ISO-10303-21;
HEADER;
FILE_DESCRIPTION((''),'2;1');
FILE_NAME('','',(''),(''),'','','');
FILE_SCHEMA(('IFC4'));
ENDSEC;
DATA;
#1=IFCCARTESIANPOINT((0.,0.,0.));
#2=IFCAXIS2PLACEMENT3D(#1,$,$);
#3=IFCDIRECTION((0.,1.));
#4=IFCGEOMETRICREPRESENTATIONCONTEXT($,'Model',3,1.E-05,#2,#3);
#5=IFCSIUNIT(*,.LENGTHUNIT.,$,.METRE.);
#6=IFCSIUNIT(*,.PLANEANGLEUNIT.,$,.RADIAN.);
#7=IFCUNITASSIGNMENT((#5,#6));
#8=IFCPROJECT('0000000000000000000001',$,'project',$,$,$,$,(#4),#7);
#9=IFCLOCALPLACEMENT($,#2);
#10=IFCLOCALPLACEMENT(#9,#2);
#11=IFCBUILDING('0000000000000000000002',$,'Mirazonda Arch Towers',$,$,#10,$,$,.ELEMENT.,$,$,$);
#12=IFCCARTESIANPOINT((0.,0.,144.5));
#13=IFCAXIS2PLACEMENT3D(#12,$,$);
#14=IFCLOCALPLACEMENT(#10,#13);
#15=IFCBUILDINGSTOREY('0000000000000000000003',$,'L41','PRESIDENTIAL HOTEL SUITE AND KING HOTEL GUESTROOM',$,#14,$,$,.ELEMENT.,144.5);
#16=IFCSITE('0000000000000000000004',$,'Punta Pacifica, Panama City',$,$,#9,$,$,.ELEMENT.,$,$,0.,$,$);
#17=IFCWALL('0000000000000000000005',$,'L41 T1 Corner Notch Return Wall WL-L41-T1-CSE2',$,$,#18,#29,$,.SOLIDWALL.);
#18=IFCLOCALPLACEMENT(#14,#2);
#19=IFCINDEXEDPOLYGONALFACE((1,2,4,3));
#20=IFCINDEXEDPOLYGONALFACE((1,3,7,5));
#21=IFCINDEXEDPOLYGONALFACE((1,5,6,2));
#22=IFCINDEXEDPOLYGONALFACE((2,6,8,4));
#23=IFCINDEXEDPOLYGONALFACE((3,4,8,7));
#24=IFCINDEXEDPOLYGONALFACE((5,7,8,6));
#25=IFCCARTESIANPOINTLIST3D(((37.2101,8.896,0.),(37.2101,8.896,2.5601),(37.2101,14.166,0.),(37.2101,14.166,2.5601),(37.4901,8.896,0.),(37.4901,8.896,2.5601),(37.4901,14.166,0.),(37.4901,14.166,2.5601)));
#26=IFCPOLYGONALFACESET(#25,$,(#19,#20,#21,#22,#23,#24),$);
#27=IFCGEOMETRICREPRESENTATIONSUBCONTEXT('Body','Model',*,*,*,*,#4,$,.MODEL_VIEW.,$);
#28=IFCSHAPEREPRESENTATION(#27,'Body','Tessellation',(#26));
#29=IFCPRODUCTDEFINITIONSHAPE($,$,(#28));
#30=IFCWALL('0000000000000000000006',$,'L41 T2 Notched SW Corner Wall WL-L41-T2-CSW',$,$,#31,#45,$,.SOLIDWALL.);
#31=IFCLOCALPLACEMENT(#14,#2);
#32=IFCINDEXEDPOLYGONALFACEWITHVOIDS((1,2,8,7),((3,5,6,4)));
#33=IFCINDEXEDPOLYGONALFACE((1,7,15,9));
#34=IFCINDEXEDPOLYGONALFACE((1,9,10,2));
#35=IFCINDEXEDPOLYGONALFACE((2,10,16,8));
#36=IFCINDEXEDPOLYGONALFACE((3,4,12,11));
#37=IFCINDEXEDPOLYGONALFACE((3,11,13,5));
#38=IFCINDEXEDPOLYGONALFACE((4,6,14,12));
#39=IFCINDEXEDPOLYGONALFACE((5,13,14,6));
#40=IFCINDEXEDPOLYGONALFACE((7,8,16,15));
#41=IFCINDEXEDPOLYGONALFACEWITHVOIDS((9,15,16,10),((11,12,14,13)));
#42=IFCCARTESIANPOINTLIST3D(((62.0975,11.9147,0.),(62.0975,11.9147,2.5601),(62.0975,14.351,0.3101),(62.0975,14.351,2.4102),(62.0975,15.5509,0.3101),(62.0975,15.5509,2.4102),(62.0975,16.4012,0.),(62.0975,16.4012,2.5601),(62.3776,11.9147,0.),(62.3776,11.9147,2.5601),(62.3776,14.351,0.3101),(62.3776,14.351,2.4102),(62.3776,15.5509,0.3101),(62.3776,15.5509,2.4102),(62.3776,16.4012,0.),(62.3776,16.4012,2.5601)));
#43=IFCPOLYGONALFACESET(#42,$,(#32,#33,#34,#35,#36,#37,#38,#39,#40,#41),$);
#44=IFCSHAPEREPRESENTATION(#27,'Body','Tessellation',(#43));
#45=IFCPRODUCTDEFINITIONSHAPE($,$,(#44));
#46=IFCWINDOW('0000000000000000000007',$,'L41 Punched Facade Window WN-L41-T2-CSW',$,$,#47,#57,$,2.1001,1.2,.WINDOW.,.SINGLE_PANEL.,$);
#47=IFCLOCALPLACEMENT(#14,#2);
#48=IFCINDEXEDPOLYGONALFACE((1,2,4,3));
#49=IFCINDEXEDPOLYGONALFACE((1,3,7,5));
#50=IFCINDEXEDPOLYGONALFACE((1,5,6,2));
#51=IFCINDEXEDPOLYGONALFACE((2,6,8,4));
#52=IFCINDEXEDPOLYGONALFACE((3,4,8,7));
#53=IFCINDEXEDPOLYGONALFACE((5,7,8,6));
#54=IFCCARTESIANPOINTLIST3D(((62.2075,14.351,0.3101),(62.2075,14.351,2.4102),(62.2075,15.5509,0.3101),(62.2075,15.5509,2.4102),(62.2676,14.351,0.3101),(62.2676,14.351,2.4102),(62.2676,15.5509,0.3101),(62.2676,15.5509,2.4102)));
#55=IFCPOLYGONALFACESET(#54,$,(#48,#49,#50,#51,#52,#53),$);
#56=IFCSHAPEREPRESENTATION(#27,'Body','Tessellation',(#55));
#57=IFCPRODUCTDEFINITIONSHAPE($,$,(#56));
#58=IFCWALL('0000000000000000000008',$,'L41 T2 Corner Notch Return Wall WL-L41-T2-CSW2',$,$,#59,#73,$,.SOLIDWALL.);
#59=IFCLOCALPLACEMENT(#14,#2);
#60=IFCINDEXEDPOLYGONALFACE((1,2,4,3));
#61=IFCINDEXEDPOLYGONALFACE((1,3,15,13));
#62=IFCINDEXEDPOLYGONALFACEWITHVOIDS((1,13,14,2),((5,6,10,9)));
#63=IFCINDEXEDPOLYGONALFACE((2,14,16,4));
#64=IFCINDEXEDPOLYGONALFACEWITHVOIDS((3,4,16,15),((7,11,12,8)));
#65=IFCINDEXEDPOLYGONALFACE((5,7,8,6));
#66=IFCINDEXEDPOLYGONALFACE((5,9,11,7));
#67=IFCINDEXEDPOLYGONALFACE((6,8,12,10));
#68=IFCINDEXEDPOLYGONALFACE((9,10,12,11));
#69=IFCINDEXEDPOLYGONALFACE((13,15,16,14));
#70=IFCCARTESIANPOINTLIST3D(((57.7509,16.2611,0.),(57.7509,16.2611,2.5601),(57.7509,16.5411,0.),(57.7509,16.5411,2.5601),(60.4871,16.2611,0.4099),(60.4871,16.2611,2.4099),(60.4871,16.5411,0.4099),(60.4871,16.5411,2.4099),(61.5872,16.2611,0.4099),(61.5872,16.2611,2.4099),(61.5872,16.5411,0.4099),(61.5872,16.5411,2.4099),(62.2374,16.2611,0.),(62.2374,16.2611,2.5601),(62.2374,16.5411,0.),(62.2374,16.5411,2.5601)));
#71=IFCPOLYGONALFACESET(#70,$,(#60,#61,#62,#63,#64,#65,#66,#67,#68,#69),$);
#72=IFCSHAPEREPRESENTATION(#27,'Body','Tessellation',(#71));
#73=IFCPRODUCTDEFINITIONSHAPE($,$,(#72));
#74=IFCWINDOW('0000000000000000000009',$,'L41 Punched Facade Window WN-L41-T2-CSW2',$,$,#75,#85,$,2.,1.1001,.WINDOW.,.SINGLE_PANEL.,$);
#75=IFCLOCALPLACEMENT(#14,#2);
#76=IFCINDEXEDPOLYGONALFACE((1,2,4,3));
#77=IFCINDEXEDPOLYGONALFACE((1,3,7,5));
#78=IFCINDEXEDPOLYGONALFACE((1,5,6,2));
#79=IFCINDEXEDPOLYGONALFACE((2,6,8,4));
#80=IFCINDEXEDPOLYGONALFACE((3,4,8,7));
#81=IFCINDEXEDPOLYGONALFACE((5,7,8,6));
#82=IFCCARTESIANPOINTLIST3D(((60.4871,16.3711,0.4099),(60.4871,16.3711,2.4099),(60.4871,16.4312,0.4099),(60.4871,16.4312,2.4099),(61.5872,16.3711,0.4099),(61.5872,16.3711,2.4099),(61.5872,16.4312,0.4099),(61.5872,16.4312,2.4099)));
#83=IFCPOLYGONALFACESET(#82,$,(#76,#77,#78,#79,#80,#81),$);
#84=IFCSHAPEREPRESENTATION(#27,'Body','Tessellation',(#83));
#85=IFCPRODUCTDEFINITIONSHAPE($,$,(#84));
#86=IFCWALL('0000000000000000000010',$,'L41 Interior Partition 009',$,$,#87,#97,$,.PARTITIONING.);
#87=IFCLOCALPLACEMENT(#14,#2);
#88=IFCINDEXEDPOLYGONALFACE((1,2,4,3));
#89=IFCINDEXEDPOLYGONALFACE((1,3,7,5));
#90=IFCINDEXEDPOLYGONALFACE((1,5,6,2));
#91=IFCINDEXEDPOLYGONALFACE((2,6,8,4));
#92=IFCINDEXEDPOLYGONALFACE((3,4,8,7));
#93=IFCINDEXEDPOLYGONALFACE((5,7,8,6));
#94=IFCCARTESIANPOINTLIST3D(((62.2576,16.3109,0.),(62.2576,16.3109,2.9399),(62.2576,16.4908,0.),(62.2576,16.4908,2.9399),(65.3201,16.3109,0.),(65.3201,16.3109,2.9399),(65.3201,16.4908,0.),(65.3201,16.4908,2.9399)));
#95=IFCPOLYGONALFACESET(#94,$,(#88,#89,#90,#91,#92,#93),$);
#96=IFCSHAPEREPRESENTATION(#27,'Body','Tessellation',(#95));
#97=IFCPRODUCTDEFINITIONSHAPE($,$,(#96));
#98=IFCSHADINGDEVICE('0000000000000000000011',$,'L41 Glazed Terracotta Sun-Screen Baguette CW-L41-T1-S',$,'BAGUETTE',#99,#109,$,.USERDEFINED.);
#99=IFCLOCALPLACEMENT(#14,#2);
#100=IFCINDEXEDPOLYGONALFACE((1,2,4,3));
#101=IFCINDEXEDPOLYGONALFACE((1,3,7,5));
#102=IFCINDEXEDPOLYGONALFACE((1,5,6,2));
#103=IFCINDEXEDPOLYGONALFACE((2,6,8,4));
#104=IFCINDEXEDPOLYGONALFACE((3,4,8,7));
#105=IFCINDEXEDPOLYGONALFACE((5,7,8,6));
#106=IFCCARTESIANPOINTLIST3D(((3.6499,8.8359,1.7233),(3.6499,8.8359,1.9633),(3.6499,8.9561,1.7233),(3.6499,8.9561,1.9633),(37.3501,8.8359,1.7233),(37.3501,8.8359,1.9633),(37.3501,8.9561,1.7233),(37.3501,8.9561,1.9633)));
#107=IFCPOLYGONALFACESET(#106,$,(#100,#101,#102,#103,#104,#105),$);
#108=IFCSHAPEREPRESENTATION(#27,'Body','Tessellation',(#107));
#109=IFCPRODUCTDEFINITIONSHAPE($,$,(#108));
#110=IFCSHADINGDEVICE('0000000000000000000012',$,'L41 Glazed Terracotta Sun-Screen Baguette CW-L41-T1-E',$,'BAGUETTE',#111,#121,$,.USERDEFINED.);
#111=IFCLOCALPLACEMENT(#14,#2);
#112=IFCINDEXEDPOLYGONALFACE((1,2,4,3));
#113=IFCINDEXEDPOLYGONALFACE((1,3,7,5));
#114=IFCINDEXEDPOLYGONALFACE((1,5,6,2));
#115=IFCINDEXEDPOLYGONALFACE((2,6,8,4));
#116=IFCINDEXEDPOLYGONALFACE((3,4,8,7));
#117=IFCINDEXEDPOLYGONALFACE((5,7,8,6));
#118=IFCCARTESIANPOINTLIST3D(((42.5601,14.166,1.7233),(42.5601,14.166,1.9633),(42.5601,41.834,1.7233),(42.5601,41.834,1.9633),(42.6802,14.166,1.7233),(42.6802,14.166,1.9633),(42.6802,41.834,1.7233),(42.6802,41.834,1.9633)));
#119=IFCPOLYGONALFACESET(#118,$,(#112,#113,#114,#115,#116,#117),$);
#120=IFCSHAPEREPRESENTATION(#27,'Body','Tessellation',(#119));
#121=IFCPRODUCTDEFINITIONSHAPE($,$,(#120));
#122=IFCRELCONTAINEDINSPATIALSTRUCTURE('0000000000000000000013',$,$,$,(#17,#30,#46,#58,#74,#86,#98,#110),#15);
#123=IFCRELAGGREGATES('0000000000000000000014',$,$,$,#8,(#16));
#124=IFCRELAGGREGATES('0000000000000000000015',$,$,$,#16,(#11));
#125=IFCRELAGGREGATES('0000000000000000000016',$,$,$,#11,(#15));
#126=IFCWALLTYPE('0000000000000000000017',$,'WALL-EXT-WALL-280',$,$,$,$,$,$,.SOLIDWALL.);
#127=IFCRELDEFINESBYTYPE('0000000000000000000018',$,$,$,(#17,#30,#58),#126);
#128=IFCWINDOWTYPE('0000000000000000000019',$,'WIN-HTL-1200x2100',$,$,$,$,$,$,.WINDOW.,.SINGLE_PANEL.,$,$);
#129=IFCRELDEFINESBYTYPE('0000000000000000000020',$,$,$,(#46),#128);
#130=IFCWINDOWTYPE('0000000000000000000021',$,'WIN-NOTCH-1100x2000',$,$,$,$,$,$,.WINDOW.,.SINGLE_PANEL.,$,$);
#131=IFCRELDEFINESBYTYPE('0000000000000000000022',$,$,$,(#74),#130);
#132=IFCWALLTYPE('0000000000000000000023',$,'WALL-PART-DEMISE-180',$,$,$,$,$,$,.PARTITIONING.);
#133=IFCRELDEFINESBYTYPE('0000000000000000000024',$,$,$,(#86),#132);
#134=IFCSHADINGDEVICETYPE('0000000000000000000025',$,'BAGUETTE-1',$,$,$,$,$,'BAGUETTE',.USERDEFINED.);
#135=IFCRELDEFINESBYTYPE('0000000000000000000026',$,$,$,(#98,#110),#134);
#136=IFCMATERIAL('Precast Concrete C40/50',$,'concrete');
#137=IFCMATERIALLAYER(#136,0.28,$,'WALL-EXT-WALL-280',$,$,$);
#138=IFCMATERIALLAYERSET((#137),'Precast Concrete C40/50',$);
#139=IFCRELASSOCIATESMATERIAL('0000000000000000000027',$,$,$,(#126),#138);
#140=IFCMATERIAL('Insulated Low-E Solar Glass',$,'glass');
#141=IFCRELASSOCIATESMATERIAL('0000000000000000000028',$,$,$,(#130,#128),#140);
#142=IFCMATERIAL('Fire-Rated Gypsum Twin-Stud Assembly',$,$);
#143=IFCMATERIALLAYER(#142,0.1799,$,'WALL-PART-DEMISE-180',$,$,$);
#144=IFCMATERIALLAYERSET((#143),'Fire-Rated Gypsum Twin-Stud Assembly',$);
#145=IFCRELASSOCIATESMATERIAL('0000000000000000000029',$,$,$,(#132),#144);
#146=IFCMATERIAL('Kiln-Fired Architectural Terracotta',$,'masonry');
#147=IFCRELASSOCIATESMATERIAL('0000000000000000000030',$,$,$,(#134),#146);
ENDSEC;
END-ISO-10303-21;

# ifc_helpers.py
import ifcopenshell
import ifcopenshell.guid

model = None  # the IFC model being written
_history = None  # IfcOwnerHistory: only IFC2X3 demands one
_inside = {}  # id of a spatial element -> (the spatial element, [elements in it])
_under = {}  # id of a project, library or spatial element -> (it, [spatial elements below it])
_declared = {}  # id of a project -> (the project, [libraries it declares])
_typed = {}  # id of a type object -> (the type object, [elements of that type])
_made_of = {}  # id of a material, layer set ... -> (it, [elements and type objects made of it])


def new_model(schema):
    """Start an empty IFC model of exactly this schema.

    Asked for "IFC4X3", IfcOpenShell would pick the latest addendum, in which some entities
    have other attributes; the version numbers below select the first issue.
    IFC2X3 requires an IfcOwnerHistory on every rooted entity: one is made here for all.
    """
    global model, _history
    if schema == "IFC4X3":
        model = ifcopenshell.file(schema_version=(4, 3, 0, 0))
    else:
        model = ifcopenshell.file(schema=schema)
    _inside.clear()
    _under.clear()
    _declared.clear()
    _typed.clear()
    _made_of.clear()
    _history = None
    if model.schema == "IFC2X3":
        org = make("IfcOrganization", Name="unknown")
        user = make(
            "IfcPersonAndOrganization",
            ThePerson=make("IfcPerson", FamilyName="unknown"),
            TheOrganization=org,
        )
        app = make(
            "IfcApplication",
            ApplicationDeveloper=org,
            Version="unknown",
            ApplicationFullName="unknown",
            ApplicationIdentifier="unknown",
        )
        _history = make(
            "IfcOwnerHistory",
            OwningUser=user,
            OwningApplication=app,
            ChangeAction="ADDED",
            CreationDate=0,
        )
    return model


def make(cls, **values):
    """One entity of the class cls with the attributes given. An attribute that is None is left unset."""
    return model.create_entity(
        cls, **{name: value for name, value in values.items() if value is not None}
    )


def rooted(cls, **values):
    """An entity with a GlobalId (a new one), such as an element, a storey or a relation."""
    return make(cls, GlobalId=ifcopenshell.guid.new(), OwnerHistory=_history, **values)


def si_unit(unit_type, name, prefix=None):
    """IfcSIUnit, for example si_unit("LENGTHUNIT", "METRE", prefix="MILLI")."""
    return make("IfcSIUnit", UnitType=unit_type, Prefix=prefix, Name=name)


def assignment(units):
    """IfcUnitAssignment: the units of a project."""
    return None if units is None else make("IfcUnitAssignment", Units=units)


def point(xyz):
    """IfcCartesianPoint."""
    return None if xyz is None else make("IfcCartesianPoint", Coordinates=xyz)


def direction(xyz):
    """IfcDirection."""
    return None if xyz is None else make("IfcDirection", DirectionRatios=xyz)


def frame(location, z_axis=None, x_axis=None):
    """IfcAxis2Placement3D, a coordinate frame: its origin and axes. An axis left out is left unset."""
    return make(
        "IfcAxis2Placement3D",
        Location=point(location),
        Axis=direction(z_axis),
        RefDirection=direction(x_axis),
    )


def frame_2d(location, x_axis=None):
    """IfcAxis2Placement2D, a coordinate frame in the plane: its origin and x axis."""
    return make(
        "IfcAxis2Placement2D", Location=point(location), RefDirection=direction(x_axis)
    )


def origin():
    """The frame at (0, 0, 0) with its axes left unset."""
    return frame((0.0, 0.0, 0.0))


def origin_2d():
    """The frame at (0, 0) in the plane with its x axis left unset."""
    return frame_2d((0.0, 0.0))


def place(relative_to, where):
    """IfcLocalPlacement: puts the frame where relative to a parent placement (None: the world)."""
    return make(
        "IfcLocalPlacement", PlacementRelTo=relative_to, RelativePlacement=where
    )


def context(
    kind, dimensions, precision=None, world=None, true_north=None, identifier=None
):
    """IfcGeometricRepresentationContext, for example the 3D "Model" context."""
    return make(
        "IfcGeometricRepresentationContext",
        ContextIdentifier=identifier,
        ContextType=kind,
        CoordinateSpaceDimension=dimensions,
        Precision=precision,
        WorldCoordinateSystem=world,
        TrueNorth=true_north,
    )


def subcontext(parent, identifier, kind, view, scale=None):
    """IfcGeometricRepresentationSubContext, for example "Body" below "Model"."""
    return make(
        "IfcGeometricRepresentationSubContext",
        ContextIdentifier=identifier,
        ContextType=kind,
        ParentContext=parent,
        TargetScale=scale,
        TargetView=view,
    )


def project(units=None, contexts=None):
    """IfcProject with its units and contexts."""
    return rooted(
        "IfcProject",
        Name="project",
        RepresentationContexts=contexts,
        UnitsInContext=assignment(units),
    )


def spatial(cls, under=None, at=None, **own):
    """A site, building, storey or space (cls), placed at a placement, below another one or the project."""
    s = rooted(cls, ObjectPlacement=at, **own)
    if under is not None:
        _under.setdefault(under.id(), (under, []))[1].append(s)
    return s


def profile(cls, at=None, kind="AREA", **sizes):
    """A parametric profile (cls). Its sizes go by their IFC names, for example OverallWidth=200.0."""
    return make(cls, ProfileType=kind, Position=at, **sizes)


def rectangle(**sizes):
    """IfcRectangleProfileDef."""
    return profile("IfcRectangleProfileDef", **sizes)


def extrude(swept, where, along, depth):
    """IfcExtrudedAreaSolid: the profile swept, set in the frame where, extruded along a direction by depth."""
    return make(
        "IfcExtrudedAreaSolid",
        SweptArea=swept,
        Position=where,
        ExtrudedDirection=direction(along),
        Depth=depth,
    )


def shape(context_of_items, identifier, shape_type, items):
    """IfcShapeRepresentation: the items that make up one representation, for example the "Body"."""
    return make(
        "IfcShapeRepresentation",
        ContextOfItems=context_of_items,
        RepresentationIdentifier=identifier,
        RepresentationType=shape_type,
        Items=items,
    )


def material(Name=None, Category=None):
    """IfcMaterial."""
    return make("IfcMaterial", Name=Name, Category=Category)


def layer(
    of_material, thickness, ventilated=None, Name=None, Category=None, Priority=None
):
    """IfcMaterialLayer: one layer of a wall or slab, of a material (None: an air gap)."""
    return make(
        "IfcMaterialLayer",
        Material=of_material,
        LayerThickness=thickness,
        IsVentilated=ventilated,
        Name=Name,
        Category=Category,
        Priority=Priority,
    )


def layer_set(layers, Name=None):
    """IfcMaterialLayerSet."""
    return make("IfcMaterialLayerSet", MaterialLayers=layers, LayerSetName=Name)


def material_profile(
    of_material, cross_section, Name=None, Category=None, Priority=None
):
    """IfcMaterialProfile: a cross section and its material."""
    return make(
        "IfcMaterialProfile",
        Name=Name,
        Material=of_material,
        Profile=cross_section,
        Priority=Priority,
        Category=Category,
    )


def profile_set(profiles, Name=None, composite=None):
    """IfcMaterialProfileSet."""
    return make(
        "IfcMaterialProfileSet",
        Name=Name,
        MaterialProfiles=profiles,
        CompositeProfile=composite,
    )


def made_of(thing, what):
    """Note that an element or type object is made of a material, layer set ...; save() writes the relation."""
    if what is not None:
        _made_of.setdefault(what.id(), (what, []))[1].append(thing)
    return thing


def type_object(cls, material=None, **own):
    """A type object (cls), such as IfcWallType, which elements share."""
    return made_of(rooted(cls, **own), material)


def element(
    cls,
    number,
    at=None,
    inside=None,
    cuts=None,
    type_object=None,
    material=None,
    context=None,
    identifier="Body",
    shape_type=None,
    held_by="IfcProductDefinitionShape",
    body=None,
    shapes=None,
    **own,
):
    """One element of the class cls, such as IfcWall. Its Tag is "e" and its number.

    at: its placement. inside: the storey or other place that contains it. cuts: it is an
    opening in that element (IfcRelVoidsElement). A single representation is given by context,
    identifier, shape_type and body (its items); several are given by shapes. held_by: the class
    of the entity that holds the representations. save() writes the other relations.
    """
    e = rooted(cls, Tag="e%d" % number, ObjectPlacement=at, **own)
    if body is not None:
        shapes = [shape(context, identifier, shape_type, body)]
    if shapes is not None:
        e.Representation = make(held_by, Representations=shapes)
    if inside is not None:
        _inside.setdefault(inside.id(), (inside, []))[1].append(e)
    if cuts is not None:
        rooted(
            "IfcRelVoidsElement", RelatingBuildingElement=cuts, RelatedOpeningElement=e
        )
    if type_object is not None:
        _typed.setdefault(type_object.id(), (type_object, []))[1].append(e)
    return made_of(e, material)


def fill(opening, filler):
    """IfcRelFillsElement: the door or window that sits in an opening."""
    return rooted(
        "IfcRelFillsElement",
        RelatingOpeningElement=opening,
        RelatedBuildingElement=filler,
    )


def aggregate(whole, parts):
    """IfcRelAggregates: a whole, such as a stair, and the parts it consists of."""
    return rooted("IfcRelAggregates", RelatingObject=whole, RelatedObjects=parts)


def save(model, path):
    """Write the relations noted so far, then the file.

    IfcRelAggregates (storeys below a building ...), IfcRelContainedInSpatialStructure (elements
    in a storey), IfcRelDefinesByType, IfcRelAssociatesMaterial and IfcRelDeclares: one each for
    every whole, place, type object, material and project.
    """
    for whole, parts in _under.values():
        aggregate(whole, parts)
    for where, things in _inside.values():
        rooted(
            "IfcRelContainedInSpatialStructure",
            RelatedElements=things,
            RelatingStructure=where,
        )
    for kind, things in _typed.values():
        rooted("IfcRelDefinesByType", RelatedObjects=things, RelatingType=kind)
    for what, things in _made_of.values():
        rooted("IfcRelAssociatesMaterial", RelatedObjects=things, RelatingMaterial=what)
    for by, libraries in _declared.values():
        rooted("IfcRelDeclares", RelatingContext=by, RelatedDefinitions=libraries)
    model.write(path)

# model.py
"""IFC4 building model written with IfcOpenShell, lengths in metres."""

from ifc_helpers import new_model, si_unit, direction, frame, frame_2d, origin, origin_2d, place, context, subcontext, project, spatial, rectangle, extrude, material, layer, layer_set, material_profile, profile_set, type_object, element, fill, save


model = new_model("IFC4")

# Units and contexts
model_context = context("Model", 3, precision=1e-05, world=origin(), true_north=direction((0.0, 1.0)))
body_context = subcontext(model_context, "Body", "Model", "MODEL_VIEW")
ifc_project = project(units=[si_unit("LENGTHUNIT", "METRE"), si_unit("PLANEANGLEUNIT", "RADIAN")], contexts=[model_context])

# Site, building, storey
site_placement = place(None, origin())
site = spatial("IfcSite", under=ifc_project, at=site_placement, Name="Punta Pacifica, Panama City", CompositionType="ELEMENT", RefElevation=0.0)
building_placement = place(site_placement, origin())
building = spatial("IfcBuilding", under=site, at=building_placement, Name="Mirazonda Arch Towers", CompositionType="ELEMENT")
storey_placement = place(building_placement, frame((0.0, 0.0, 144.5)))
storey = spatial("IfcBuildingStorey", under=building, at=storey_placement, Name="L41", Description="PRESIDENTIAL HOTEL SUITE AND KING HOTEL GUESTROOM", CompositionType="ELEMENT", Elevation=144.5)

# Shared definitions
ifc_material_1 = material(Name="Insulated Low-E Solar Glass", Category="glass")

# Shared definitions
ifc_material_2 = material(Name="Precast Concrete C40/50", Category="concrete")
ifc_layer_1 = layer(ifc_material_2, 0.28, Name="WALL-EXT-WALL-280")
ifc_layer_set_1 = layer_set([ifc_layer_1], Name="Precast Concrete C40/50")
wall_type_1 = type_object("IfcWallType", Name="WALL-EXT-WALL-280", PredefinedType="SOLIDWALL", material=ifc_layer_set_1)
window_type_1 = type_object("IfcWindowType", Name="WIN-NOTCH-1100x2000", PartitioningType="SINGLE_PANEL", PredefinedType="WINDOW", material=ifc_material_1)

# Wall
wall_1_placement = place(storey_placement, frame((37.3501, 8.896, 0.0), z_axis=(0.0, 0.0, 1.0), x_axis=(0.0, 1.0, 0.0)))
element("IfcWall", 1, at=wall_1_placement, inside=storey, type_object=wall_type_1, Name="L41 T1 Corner Notch Return Wall WL-L41-T1-CSE2", PredefinedType="SOLIDWALL", context=body_context, shape_type="SweptSolid", body=[
    extrude(rectangle(XDim=5.27, YDim=0.28, at=frame_2d((2.635, 0.0))), origin(), (0.0, 0.0, 1.0), 2.5601),
])

# Walls, openings, windows
wall_2_placement = place(storey_placement, frame((62.2375, 16.4011, 0.0), z_axis=(0.0, 0.0, 1.0), x_axis=(0.0, -1.0, 0.0)))
wall_2 = element("IfcWall", 2, at=wall_2_placement, inside=storey, type_object=wall_type_1, Name="L41 T2 Notched SW Corner Wall WL-L41-T2-CSW", PredefinedType="SOLIDWALL", context=body_context, shape_type="SweptSolid", body=[
    extrude(rectangle(XDim=4.4866, YDim=0.28, at=frame_2d((2.2432, 0.0))), origin(), (0.0, 0.0, 1.0), 2.5601),
])
opening_1_placement = place(wall_2_placement, frame((0.8501, 0.0, 0.3101)))
opening_1 = element("IfcOpeningElement", 3, at=opening_1_placement, cuts=wall_2, PredefinedType="OPENING", context=body_context, shape_type="SweptSolid", body=[
    extrude(rectangle(XDim=1.2, YDim=2.1001, at=frame_2d((0.6001, 1.05))), frame((0.0, 0.1499, 0.0), z_axis=(0.0, -1.0, 0.0), x_axis=(1.0, 0.0, 0.0)), (0.0, 0.0, 1.0), 0.3),
])
window_type_2 = type_object("IfcWindowType", Name="WIN-HTL-1200x2100", PartitioningType="SINGLE_PANEL", PredefinedType="WINDOW", material=ifc_material_1)
window_1_placement = place(opening_1_placement, origin())
window_1 = element("IfcWindow", 4, at=window_1_placement, inside=storey, type_object=window_type_2, Name="L41 Punched Facade Window WN-L41-T2-CSW", OverallHeight=2.1001, OverallWidth=1.2, PartitioningType="SINGLE_PANEL", PredefinedType="WINDOW", context=body_context, shape_type="SweptSolid", body=[
    extrude(rectangle(XDim=1.2, YDim=2.1001, at=frame_2d((0.6001, 1.05))), frame((0.0, 0.03, 0.0), z_axis=(0.0, -1.0, 0.0), x_axis=(1.0, 0.0, 0.0)), (0.0, 0.0, 1.0), 0.0601),
])
fill(opening_1, window_1)
wall_3_placement = place(storey_placement, frame((57.751, 16.4011, 0.0), z_axis=(0.0, 0.0, 1.0), x_axis=(1.0, 0.0, 0.0)))
wall_3 = element("IfcWall", 5, at=wall_3_placement, inside=storey, type_object=wall_type_1, Name="L41 T2 Corner Notch Return Wall WL-L41-T2-CSW2", PredefinedType="SOLIDWALL", context=body_context, shape_type="SweptSolid", body=[
    extrude(rectangle(XDim=4.4866, YDim=0.28, at=frame_2d((2.2432, 0.0))), origin(), (0.0, 0.0, 1.0), 2.5601),
])
opening_2_placement = place(wall_3_placement, frame((2.7361, 0.0, 0.4099)))
opening_2 = element("IfcOpeningElement", 6, at=opening_2_placement, cuts=wall_3, PredefinedType="OPENING", context=body_context, shape_type="SweptSolid", body=[
    extrude(rectangle(XDim=1.1001, YDim=2.0, at=frame_2d((0.55, 1.0))), frame((0.0, 0.1499, 0.0), z_axis=(0.0, -1.0, 0.0), x_axis=(1.0, 0.0, 0.0)), (0.0, 0.0, 1.0), 0.3),
])
window_2_placement = place(opening_2_placement, origin())
window_2 = element("IfcWindow", 7, at=window_2_placement, inside=storey, type_object=window_type_1, Name="L41 Punched Facade Window WN-L41-T2-CSW2", OverallHeight=2.0, OverallWidth=1.1001, PartitioningType="SINGLE_PANEL", PredefinedType="WINDOW", context=body_context, shape_type="SweptSolid", body=[
    extrude(rectangle(XDim=1.1001, YDim=2.0, at=frame_2d((0.55, 1.0))), frame((0.0, 0.03, 0.0), z_axis=(0.0, -1.0, 0.0), x_axis=(1.0, 0.0, 0.0)), (0.0, 0.0, 1.0), 0.0601),
])
fill(opening_2, window_2)

# Wall
ifc_material_3 = material(Name="Fire-Rated Gypsum Twin-Stud Assembly")
ifc_layer_2 = layer(ifc_material_3, 0.1799, Name="WALL-PART-DEMISE-180")
ifc_layer_set_2 = layer_set([ifc_layer_2], Name="Fire-Rated Gypsum Twin-Stud Assembly")
wall_type_2 = type_object("IfcWallType", Name="WALL-PART-DEMISE-180", PredefinedType="PARTITIONING", material=ifc_layer_set_2)
wall_4_placement = place(storey_placement, frame((62.2576, 16.4009, 0.0), z_axis=(0.0, 0.0, 1.0), x_axis=(1.0, 0.0, 0.0)))
element("IfcWall", 8, at=wall_4_placement, inside=storey, type_object=wall_type_2, Name="L41 Interior Partition 009", PredefinedType="PARTITIONING", context=body_context, shape_type="SweptSolid", body=[
    extrude(rectangle(XDim=3.0625, YDim=0.1799, at=frame_2d((1.5312, 0.0))), origin(), (0.0, 0.0, 1.0), 2.9399),
])

# Shading devices
ifc_material_4 = material(Name="Kiln-Fired Architectural Terracotta", Category="masonry")
ifc_material_profile_1 = material_profile(ifc_material_4, rectangle(XDim=0.1201, YDim=0.24, at=origin_2d()), Name="TERRA-BAG-120x240")
ifc_profile_set_1 = profile_set([ifc_material_profile_1], Name="Kiln-Fired Architectural Terracotta")
shading_device_type = type_object("IfcShadingDeviceType", Name="BAGUETTE-1", ElementType="BAGUETTE", PredefinedType="USERDEFINED", material=ifc_profile_set_1)
shading_device_1_placement = place(storey_placement, frame((37.3501, 8.896, 1.8433), z_axis=(-1.0, 0.0, 0.0), x_axis=(0.0, -1.0, 0.0)))
element("IfcShadingDevice", 9, at=shading_device_1_placement, inside=storey, type_object=shading_device_type, Name="L41 Glazed Terracotta Sun-Screen Baguette CW-L41-T1-S", ObjectType="BAGUETTE", PredefinedType="USERDEFINED", context=body_context, shape_type="SweptSolid", body=[
    extrude(rectangle(XDim=0.1201, YDim=0.24, at=origin_2d()), origin(), (0.0, 0.0, 1.0), 33.7002),
])
shading_device_2_placement = place(storey_placement, frame((42.6201, 14.166, 1.8433), z_axis=(0.0, 1.0, 0.0), x_axis=(-1.0, 0.0, 0.0)))
element("IfcShadingDevice", 10, at=shading_device_2_placement, inside=storey, type_object=shading_device_type, Name="L41 Glazed Terracotta Sun-Screen Baguette CW-L41-T1-E", ObjectType="BAGUETTE", PredefinedType="USERDEFINED", context=body_context, shape_type="SweptSolid", body=[
    extrude(rectangle(XDim=0.1201, YDim=0.24, at=origin_2d()), origin(), (0.0, 0.0, 1.0), 27.668),
])

save(model, "model.ifc")
